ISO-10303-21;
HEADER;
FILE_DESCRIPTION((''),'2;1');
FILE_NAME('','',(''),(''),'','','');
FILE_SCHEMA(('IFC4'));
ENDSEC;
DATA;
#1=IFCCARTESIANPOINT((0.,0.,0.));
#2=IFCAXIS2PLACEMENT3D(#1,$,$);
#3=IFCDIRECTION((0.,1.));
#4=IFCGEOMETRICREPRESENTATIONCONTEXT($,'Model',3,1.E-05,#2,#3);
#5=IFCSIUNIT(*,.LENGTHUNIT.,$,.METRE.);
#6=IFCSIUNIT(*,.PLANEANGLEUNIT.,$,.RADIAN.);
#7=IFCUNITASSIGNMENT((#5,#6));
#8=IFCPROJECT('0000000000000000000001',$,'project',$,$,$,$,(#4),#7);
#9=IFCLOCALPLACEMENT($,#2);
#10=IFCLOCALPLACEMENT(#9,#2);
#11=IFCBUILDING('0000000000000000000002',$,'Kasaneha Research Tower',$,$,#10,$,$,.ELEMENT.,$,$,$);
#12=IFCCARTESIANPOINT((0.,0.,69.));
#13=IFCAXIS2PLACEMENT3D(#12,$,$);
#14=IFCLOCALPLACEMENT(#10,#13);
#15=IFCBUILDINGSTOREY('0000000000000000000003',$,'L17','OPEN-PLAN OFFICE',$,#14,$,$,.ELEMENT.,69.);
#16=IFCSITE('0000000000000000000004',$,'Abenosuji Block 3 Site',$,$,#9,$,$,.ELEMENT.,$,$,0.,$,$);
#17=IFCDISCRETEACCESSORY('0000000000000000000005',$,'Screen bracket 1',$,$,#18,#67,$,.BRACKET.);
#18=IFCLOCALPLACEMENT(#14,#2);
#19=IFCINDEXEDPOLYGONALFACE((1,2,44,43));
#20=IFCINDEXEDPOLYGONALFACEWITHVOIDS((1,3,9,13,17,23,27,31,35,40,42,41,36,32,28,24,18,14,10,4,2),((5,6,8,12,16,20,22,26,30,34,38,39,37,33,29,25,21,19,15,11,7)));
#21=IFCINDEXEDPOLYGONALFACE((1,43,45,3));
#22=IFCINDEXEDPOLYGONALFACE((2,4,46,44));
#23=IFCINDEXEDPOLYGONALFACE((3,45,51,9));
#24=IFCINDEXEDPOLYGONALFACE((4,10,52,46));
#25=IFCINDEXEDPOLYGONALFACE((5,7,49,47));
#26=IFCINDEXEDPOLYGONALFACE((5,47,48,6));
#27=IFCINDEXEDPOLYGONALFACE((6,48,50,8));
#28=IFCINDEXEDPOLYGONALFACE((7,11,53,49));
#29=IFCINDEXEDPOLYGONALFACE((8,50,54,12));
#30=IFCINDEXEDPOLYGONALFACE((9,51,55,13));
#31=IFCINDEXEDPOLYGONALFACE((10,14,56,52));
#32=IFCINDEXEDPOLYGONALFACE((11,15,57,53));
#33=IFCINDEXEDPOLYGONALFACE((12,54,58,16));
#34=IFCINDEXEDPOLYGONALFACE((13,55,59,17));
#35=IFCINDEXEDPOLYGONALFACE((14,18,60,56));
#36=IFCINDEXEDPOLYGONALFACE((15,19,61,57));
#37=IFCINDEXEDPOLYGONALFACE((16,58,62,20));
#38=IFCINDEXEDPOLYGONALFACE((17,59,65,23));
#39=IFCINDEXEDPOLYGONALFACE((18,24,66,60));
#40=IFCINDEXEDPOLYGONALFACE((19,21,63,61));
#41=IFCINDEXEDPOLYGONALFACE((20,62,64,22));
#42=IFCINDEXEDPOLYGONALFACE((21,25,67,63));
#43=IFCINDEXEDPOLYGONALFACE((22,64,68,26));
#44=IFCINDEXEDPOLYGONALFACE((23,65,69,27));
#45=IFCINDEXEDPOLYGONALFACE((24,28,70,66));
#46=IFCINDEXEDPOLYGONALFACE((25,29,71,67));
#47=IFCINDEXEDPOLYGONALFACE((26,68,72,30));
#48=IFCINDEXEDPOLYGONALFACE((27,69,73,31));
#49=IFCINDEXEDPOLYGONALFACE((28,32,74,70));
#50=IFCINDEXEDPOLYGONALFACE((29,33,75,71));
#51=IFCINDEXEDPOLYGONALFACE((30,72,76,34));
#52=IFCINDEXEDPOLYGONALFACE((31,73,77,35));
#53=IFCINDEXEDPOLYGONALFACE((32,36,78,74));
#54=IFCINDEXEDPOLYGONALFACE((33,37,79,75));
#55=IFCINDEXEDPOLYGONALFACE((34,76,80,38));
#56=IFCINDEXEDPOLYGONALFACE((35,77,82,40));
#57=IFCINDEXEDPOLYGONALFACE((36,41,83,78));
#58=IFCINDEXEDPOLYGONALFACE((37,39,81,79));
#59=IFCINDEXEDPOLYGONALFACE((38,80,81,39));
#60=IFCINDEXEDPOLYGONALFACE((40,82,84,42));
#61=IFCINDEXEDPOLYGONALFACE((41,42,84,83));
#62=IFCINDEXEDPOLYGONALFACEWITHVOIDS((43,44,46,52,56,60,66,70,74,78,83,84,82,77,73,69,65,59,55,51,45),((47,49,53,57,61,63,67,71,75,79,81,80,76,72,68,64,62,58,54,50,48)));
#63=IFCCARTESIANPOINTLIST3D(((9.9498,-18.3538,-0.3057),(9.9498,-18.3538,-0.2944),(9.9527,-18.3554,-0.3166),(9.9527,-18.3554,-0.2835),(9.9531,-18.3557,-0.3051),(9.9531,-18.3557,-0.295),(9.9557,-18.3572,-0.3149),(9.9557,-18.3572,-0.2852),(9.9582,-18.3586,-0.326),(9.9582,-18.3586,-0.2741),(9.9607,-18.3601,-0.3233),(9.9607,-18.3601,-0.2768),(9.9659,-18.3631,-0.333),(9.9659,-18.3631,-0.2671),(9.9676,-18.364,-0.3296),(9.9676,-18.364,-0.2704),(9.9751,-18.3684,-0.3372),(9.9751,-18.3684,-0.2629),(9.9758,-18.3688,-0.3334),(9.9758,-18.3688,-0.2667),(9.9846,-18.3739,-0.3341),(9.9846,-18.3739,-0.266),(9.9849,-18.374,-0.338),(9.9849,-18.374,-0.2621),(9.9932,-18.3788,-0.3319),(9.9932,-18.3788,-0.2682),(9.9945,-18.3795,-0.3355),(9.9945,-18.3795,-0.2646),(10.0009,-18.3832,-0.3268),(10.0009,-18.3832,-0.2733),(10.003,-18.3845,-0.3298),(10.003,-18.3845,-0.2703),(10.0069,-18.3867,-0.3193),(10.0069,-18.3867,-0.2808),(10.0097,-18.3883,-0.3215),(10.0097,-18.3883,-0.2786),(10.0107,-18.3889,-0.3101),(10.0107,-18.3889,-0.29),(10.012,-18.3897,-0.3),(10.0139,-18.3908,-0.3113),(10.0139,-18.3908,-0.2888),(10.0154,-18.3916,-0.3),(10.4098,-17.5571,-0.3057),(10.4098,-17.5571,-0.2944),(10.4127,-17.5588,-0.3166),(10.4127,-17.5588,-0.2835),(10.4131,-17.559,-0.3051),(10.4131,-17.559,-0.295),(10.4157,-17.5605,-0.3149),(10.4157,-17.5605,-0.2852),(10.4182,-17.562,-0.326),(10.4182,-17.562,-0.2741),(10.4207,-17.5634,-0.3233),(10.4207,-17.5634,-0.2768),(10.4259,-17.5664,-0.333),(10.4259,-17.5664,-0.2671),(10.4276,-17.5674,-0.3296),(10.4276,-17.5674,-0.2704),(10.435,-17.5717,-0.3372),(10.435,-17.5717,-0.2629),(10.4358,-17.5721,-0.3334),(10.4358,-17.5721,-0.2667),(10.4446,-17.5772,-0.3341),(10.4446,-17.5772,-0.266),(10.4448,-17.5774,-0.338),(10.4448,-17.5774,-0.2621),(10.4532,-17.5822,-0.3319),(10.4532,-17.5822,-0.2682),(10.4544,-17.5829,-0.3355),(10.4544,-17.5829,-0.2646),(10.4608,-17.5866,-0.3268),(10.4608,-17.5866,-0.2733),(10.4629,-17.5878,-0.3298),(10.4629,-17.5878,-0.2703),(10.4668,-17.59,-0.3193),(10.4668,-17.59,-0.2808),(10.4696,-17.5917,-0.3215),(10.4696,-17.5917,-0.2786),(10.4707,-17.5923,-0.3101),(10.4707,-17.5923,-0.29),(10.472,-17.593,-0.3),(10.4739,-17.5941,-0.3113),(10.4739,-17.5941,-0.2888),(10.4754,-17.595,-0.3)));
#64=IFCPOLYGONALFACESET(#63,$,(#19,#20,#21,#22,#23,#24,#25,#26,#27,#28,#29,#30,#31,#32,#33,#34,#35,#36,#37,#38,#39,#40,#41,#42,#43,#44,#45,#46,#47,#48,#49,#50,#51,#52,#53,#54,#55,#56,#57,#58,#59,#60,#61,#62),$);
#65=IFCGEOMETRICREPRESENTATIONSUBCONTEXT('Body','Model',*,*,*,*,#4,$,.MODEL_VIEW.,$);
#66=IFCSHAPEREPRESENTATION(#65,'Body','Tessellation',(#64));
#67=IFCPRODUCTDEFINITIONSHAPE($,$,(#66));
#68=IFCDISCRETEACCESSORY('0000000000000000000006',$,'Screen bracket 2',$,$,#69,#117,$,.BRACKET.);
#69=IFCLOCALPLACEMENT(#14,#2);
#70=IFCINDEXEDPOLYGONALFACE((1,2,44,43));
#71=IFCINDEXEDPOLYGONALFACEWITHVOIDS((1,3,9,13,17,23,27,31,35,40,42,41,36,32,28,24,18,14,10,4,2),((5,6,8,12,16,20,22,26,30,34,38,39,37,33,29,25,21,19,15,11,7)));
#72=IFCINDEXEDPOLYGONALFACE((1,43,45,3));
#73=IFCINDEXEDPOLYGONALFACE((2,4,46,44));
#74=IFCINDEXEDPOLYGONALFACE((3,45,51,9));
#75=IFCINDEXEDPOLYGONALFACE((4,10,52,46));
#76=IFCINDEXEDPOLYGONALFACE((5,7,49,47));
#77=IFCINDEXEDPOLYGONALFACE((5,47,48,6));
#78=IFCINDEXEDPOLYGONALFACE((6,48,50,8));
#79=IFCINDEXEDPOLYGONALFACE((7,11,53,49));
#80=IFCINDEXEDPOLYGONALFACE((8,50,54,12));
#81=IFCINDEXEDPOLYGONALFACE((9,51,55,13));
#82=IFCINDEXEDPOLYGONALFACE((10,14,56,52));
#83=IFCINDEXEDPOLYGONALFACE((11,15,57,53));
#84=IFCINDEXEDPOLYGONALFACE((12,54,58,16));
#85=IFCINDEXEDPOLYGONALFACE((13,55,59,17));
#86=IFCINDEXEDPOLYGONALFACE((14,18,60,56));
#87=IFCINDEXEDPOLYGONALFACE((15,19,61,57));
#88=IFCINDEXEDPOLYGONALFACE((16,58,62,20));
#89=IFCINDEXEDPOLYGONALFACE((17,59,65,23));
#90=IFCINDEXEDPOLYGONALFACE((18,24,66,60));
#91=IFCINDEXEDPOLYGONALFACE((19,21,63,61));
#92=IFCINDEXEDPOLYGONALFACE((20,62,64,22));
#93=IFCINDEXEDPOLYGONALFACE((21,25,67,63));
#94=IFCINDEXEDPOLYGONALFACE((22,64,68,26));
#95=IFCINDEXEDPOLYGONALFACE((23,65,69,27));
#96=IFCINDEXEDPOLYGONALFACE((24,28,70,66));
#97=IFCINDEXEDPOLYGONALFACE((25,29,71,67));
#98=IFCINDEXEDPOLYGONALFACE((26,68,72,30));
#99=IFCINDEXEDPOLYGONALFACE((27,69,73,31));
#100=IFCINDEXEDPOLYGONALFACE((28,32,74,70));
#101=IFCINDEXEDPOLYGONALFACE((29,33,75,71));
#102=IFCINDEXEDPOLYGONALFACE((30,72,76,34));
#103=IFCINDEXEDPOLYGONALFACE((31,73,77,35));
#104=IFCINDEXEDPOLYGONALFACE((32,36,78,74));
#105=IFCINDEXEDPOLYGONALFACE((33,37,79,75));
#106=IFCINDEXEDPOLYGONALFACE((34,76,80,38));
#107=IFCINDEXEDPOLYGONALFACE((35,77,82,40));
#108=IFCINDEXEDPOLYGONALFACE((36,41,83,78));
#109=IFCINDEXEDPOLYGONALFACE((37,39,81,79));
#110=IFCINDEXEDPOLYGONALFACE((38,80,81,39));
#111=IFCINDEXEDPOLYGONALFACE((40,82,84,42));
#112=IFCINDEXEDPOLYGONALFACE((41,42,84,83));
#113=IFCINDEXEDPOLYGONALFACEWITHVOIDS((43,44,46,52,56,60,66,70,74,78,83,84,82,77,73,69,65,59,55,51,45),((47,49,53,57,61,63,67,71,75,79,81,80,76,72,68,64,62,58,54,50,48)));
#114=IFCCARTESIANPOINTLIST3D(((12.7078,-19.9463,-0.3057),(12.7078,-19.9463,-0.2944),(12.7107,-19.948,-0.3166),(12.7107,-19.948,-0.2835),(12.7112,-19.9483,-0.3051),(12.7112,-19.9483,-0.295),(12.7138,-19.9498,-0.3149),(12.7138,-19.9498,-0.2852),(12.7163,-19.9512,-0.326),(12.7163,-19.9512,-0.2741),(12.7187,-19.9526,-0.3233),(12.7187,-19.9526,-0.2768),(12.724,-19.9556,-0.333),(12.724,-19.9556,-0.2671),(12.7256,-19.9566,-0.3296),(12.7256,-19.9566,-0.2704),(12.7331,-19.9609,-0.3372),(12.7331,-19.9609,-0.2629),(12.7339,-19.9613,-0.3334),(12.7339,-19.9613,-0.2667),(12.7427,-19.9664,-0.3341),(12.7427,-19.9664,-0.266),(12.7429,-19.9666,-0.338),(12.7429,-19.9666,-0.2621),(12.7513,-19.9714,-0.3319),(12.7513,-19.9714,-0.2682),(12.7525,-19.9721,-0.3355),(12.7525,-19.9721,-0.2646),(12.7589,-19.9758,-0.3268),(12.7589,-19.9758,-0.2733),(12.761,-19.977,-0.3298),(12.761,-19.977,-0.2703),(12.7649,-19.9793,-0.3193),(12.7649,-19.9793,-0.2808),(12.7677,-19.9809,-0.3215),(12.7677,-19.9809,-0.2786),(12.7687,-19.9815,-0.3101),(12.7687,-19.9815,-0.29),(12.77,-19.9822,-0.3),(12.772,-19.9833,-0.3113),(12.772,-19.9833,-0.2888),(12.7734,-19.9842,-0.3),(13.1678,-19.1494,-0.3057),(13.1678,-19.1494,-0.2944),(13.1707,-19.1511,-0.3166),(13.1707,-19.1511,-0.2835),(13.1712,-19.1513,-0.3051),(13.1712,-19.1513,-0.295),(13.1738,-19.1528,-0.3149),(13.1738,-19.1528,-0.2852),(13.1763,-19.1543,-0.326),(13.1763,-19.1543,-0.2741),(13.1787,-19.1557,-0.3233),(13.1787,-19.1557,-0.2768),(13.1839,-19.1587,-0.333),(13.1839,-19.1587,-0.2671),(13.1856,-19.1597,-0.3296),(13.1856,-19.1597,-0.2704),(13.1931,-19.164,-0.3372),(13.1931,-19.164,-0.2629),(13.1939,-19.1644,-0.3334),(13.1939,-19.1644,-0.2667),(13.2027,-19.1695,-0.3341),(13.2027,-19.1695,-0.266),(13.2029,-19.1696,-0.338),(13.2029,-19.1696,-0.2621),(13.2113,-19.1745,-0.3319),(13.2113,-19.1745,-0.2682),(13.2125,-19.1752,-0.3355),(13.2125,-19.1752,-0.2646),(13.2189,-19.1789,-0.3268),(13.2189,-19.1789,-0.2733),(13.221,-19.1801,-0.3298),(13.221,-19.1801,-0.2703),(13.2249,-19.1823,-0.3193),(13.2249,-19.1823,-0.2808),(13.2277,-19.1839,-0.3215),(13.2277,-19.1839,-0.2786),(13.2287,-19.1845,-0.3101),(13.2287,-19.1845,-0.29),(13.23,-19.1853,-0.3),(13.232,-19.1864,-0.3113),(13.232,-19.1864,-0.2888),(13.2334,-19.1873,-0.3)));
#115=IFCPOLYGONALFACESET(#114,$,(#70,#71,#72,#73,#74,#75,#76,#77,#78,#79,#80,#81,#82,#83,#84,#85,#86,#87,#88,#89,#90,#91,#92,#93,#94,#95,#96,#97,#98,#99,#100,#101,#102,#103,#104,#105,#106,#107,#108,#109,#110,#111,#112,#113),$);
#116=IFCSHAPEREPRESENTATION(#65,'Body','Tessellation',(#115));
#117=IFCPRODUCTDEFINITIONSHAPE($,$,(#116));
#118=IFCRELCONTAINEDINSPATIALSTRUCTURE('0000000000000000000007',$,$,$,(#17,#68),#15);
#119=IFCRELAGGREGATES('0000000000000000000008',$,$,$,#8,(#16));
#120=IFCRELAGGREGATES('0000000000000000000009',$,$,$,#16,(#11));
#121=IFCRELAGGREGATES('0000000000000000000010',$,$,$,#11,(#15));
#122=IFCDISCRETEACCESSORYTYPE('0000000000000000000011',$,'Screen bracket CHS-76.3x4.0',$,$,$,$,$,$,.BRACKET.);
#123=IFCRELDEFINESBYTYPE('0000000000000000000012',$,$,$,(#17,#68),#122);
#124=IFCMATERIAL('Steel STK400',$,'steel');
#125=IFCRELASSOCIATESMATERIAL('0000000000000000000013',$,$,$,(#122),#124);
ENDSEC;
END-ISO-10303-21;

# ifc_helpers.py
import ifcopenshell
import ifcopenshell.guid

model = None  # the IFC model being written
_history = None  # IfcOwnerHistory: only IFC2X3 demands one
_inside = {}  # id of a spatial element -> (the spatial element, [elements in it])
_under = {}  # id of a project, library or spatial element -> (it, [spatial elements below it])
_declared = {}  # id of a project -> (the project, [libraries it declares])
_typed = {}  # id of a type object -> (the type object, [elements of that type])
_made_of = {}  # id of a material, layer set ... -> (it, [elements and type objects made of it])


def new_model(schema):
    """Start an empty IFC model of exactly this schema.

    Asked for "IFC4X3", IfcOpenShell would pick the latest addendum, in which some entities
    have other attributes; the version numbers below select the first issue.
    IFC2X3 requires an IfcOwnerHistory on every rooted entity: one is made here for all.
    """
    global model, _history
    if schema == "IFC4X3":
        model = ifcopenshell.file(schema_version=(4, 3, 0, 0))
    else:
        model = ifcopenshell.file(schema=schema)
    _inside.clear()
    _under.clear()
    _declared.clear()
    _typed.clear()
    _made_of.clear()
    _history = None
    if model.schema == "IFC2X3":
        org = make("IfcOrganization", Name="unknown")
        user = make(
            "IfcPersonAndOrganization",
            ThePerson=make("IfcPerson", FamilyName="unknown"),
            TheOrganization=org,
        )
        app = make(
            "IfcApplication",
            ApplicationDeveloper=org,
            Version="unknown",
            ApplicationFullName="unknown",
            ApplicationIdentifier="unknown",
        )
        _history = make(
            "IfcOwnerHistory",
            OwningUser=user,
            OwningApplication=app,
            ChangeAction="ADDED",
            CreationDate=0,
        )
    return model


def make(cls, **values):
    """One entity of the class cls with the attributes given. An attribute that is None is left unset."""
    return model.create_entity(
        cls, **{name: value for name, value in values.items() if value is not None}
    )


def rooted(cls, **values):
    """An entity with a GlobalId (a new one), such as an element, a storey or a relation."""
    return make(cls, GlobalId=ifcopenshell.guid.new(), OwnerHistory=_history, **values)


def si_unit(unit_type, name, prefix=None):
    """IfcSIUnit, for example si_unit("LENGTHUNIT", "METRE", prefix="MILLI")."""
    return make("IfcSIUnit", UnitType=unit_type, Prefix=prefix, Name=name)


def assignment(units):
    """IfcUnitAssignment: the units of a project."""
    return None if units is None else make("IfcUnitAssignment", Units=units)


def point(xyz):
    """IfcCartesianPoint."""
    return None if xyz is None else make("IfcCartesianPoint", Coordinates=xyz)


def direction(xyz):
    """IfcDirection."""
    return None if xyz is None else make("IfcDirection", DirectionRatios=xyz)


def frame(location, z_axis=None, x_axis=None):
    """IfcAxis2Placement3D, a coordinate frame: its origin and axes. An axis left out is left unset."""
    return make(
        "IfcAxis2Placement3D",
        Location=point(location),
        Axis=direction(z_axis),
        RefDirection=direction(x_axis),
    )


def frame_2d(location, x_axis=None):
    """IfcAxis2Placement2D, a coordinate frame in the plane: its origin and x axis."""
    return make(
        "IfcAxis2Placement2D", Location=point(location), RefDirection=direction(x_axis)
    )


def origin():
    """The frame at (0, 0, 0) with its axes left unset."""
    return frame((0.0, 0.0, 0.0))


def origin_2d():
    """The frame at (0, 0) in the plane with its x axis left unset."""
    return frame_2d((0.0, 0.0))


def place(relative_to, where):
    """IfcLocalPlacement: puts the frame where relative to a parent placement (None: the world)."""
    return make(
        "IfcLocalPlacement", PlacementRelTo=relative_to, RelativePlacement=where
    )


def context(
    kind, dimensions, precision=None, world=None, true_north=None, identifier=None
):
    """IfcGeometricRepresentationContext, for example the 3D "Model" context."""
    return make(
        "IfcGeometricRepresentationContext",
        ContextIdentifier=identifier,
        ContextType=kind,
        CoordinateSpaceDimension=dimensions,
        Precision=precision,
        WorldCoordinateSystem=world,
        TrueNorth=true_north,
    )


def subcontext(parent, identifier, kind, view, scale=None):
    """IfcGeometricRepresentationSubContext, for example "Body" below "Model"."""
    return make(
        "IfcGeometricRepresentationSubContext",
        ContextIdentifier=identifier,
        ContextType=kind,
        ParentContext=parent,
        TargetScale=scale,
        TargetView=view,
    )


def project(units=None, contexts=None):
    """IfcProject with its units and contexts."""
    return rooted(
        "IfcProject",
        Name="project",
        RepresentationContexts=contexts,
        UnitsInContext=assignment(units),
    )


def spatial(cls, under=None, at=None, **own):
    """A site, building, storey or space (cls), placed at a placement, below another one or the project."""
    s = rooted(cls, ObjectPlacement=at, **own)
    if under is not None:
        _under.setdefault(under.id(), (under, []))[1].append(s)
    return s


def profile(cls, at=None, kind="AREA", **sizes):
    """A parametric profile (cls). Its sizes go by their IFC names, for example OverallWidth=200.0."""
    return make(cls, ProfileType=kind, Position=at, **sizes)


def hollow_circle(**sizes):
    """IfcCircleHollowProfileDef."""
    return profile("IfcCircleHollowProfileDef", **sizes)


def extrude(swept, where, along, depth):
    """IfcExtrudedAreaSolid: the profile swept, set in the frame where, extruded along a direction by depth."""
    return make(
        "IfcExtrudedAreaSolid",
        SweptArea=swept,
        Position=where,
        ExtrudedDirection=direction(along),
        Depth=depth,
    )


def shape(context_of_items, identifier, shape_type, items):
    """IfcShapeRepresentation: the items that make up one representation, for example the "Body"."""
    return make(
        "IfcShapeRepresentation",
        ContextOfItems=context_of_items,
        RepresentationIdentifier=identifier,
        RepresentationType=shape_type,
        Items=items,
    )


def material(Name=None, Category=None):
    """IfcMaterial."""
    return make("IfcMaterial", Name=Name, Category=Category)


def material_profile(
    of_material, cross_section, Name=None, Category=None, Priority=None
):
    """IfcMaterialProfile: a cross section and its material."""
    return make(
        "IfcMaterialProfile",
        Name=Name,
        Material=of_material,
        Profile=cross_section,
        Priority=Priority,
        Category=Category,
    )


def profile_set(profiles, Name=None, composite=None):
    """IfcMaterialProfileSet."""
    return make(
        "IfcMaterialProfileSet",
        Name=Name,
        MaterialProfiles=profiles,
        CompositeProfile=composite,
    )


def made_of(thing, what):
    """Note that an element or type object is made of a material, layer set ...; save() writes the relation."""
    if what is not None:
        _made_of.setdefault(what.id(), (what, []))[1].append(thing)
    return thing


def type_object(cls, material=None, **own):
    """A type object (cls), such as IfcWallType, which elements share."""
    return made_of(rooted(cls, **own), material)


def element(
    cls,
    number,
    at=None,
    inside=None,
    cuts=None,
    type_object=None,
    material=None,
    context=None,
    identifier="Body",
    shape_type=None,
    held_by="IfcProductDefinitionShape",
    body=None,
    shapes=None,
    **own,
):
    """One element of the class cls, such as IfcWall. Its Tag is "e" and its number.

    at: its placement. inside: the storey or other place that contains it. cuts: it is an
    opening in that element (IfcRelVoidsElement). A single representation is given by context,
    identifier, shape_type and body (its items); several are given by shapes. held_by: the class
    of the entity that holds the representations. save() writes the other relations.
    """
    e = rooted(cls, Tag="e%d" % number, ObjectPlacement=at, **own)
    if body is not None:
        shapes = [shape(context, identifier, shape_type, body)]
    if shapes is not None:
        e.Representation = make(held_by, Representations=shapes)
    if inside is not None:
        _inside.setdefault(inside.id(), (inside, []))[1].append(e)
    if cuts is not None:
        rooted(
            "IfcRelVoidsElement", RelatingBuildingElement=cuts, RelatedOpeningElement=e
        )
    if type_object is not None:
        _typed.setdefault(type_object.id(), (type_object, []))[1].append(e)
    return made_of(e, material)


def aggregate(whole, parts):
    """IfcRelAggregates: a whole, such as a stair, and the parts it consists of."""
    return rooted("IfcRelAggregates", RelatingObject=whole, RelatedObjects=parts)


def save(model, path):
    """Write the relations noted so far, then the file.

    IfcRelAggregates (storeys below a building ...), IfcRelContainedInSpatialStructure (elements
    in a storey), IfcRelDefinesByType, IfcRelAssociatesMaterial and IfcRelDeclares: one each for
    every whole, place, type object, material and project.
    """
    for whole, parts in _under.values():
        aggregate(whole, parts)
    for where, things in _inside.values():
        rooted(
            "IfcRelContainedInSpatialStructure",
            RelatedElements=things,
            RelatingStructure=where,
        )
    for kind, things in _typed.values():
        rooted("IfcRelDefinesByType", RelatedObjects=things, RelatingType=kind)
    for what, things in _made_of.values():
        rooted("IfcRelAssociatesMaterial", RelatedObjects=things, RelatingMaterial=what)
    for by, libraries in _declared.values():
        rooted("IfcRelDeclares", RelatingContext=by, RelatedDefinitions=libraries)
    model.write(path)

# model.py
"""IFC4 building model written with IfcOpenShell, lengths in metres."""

from ifc_helpers import new_model, si_unit, direction, frame, origin, origin_2d, place, context, subcontext, project, spatial, hollow_circle, extrude, material, material_profile, profile_set, type_object, element, save


model = new_model("IFC4")

# Units and contexts
model_context = context("Model", 3, precision=1e-05, world=origin(), true_north=direction((0.0, 1.0)))
body_context = subcontext(model_context, "Body", "Model", "MODEL_VIEW")
ifc_project = project(units=[si_unit("LENGTHUNIT", "METRE"), si_unit("PLANEANGLEUNIT", "RADIAN")], contexts=[model_context])

# Site, building, storey
site_placement = place(None, origin())
site = spatial("IfcSite", under=ifc_project, at=site_placement, Name="Abenosuji Block 3 Site", CompositionType="ELEMENT", RefElevation=0.0)
building_placement = place(site_placement, origin())
building = spatial("IfcBuilding", under=site, at=building_placement, Name="Kasaneha Research Tower", CompositionType="ELEMENT")
storey_placement = place(building_placement, frame((0.0, 0.0, 69.0)))
storey = spatial("IfcBuildingStorey", under=building, at=storey_placement, Name="L17", Description="OPEN-PLAN OFFICE", CompositionType="ELEMENT", Elevation=69.0)

# Discrete accessories
ifc_material_1 = material(Name="Steel STK400", Category="steel")
ifc_material_profile_1 = material_profile(ifc_material_1, hollow_circle(Radius=0.0381, WallThickness=0.0039, at=origin_2d()), Name="CHS-76.3x4.0")
ifc_profile_set_1 = profile_set([ifc_material_profile_1], Name="Steel STK400")
discrete_accessory_type = type_object("IfcDiscreteAccessoryType", Name="Screen bracket CHS-76.3x4.0", PredefinedType="BRACKET", material=ifc_profile_set_1)
for number, where, z_axis, x_axis, name in (
    (1, (10.4424, -17.5759, -0.3), (-0.500021, -0.866013, 0.0), (0.866013, -0.500021, 0.0), "Screen bracket 1"),
):
    element("IfcDiscreteAccessory", number, at=place(storey_placement, frame(where, z_axis=z_axis, x_axis=x_axis)), inside=storey, type_object=discrete_accessory_type, Name=name, PredefinedType="BRACKET", context=body_context, shape_type="SweptSolid", body=[
        extrude(hollow_circle(Radius=0.0381, WallThickness=0.0039, at=origin_2d()), origin(), (0.0, 0.0, 1.0), 0.9199),
    ])
discrete_accessory_placement = place(storey_placement, frame((13.2004, -19.1682, -0.3), z_axis=(-0.499906, -0.86608, 0.0), x_axis=(0.86608, -0.499906, 0.0)))
element("IfcDiscreteAccessory", 2, at=discrete_accessory_placement, inside=storey, type_object=discrete_accessory_type, Name="Screen bracket 2", PredefinedType="BRACKET", context=body_context, shape_type="SweptSolid", body=[
    extrude(hollow_circle(Radius=0.0381, WallThickness=0.0039, at=origin_2d()), origin(), (0.0, 0.0, 1.0), 0.9202),
])

save(model, "model.ifc")
